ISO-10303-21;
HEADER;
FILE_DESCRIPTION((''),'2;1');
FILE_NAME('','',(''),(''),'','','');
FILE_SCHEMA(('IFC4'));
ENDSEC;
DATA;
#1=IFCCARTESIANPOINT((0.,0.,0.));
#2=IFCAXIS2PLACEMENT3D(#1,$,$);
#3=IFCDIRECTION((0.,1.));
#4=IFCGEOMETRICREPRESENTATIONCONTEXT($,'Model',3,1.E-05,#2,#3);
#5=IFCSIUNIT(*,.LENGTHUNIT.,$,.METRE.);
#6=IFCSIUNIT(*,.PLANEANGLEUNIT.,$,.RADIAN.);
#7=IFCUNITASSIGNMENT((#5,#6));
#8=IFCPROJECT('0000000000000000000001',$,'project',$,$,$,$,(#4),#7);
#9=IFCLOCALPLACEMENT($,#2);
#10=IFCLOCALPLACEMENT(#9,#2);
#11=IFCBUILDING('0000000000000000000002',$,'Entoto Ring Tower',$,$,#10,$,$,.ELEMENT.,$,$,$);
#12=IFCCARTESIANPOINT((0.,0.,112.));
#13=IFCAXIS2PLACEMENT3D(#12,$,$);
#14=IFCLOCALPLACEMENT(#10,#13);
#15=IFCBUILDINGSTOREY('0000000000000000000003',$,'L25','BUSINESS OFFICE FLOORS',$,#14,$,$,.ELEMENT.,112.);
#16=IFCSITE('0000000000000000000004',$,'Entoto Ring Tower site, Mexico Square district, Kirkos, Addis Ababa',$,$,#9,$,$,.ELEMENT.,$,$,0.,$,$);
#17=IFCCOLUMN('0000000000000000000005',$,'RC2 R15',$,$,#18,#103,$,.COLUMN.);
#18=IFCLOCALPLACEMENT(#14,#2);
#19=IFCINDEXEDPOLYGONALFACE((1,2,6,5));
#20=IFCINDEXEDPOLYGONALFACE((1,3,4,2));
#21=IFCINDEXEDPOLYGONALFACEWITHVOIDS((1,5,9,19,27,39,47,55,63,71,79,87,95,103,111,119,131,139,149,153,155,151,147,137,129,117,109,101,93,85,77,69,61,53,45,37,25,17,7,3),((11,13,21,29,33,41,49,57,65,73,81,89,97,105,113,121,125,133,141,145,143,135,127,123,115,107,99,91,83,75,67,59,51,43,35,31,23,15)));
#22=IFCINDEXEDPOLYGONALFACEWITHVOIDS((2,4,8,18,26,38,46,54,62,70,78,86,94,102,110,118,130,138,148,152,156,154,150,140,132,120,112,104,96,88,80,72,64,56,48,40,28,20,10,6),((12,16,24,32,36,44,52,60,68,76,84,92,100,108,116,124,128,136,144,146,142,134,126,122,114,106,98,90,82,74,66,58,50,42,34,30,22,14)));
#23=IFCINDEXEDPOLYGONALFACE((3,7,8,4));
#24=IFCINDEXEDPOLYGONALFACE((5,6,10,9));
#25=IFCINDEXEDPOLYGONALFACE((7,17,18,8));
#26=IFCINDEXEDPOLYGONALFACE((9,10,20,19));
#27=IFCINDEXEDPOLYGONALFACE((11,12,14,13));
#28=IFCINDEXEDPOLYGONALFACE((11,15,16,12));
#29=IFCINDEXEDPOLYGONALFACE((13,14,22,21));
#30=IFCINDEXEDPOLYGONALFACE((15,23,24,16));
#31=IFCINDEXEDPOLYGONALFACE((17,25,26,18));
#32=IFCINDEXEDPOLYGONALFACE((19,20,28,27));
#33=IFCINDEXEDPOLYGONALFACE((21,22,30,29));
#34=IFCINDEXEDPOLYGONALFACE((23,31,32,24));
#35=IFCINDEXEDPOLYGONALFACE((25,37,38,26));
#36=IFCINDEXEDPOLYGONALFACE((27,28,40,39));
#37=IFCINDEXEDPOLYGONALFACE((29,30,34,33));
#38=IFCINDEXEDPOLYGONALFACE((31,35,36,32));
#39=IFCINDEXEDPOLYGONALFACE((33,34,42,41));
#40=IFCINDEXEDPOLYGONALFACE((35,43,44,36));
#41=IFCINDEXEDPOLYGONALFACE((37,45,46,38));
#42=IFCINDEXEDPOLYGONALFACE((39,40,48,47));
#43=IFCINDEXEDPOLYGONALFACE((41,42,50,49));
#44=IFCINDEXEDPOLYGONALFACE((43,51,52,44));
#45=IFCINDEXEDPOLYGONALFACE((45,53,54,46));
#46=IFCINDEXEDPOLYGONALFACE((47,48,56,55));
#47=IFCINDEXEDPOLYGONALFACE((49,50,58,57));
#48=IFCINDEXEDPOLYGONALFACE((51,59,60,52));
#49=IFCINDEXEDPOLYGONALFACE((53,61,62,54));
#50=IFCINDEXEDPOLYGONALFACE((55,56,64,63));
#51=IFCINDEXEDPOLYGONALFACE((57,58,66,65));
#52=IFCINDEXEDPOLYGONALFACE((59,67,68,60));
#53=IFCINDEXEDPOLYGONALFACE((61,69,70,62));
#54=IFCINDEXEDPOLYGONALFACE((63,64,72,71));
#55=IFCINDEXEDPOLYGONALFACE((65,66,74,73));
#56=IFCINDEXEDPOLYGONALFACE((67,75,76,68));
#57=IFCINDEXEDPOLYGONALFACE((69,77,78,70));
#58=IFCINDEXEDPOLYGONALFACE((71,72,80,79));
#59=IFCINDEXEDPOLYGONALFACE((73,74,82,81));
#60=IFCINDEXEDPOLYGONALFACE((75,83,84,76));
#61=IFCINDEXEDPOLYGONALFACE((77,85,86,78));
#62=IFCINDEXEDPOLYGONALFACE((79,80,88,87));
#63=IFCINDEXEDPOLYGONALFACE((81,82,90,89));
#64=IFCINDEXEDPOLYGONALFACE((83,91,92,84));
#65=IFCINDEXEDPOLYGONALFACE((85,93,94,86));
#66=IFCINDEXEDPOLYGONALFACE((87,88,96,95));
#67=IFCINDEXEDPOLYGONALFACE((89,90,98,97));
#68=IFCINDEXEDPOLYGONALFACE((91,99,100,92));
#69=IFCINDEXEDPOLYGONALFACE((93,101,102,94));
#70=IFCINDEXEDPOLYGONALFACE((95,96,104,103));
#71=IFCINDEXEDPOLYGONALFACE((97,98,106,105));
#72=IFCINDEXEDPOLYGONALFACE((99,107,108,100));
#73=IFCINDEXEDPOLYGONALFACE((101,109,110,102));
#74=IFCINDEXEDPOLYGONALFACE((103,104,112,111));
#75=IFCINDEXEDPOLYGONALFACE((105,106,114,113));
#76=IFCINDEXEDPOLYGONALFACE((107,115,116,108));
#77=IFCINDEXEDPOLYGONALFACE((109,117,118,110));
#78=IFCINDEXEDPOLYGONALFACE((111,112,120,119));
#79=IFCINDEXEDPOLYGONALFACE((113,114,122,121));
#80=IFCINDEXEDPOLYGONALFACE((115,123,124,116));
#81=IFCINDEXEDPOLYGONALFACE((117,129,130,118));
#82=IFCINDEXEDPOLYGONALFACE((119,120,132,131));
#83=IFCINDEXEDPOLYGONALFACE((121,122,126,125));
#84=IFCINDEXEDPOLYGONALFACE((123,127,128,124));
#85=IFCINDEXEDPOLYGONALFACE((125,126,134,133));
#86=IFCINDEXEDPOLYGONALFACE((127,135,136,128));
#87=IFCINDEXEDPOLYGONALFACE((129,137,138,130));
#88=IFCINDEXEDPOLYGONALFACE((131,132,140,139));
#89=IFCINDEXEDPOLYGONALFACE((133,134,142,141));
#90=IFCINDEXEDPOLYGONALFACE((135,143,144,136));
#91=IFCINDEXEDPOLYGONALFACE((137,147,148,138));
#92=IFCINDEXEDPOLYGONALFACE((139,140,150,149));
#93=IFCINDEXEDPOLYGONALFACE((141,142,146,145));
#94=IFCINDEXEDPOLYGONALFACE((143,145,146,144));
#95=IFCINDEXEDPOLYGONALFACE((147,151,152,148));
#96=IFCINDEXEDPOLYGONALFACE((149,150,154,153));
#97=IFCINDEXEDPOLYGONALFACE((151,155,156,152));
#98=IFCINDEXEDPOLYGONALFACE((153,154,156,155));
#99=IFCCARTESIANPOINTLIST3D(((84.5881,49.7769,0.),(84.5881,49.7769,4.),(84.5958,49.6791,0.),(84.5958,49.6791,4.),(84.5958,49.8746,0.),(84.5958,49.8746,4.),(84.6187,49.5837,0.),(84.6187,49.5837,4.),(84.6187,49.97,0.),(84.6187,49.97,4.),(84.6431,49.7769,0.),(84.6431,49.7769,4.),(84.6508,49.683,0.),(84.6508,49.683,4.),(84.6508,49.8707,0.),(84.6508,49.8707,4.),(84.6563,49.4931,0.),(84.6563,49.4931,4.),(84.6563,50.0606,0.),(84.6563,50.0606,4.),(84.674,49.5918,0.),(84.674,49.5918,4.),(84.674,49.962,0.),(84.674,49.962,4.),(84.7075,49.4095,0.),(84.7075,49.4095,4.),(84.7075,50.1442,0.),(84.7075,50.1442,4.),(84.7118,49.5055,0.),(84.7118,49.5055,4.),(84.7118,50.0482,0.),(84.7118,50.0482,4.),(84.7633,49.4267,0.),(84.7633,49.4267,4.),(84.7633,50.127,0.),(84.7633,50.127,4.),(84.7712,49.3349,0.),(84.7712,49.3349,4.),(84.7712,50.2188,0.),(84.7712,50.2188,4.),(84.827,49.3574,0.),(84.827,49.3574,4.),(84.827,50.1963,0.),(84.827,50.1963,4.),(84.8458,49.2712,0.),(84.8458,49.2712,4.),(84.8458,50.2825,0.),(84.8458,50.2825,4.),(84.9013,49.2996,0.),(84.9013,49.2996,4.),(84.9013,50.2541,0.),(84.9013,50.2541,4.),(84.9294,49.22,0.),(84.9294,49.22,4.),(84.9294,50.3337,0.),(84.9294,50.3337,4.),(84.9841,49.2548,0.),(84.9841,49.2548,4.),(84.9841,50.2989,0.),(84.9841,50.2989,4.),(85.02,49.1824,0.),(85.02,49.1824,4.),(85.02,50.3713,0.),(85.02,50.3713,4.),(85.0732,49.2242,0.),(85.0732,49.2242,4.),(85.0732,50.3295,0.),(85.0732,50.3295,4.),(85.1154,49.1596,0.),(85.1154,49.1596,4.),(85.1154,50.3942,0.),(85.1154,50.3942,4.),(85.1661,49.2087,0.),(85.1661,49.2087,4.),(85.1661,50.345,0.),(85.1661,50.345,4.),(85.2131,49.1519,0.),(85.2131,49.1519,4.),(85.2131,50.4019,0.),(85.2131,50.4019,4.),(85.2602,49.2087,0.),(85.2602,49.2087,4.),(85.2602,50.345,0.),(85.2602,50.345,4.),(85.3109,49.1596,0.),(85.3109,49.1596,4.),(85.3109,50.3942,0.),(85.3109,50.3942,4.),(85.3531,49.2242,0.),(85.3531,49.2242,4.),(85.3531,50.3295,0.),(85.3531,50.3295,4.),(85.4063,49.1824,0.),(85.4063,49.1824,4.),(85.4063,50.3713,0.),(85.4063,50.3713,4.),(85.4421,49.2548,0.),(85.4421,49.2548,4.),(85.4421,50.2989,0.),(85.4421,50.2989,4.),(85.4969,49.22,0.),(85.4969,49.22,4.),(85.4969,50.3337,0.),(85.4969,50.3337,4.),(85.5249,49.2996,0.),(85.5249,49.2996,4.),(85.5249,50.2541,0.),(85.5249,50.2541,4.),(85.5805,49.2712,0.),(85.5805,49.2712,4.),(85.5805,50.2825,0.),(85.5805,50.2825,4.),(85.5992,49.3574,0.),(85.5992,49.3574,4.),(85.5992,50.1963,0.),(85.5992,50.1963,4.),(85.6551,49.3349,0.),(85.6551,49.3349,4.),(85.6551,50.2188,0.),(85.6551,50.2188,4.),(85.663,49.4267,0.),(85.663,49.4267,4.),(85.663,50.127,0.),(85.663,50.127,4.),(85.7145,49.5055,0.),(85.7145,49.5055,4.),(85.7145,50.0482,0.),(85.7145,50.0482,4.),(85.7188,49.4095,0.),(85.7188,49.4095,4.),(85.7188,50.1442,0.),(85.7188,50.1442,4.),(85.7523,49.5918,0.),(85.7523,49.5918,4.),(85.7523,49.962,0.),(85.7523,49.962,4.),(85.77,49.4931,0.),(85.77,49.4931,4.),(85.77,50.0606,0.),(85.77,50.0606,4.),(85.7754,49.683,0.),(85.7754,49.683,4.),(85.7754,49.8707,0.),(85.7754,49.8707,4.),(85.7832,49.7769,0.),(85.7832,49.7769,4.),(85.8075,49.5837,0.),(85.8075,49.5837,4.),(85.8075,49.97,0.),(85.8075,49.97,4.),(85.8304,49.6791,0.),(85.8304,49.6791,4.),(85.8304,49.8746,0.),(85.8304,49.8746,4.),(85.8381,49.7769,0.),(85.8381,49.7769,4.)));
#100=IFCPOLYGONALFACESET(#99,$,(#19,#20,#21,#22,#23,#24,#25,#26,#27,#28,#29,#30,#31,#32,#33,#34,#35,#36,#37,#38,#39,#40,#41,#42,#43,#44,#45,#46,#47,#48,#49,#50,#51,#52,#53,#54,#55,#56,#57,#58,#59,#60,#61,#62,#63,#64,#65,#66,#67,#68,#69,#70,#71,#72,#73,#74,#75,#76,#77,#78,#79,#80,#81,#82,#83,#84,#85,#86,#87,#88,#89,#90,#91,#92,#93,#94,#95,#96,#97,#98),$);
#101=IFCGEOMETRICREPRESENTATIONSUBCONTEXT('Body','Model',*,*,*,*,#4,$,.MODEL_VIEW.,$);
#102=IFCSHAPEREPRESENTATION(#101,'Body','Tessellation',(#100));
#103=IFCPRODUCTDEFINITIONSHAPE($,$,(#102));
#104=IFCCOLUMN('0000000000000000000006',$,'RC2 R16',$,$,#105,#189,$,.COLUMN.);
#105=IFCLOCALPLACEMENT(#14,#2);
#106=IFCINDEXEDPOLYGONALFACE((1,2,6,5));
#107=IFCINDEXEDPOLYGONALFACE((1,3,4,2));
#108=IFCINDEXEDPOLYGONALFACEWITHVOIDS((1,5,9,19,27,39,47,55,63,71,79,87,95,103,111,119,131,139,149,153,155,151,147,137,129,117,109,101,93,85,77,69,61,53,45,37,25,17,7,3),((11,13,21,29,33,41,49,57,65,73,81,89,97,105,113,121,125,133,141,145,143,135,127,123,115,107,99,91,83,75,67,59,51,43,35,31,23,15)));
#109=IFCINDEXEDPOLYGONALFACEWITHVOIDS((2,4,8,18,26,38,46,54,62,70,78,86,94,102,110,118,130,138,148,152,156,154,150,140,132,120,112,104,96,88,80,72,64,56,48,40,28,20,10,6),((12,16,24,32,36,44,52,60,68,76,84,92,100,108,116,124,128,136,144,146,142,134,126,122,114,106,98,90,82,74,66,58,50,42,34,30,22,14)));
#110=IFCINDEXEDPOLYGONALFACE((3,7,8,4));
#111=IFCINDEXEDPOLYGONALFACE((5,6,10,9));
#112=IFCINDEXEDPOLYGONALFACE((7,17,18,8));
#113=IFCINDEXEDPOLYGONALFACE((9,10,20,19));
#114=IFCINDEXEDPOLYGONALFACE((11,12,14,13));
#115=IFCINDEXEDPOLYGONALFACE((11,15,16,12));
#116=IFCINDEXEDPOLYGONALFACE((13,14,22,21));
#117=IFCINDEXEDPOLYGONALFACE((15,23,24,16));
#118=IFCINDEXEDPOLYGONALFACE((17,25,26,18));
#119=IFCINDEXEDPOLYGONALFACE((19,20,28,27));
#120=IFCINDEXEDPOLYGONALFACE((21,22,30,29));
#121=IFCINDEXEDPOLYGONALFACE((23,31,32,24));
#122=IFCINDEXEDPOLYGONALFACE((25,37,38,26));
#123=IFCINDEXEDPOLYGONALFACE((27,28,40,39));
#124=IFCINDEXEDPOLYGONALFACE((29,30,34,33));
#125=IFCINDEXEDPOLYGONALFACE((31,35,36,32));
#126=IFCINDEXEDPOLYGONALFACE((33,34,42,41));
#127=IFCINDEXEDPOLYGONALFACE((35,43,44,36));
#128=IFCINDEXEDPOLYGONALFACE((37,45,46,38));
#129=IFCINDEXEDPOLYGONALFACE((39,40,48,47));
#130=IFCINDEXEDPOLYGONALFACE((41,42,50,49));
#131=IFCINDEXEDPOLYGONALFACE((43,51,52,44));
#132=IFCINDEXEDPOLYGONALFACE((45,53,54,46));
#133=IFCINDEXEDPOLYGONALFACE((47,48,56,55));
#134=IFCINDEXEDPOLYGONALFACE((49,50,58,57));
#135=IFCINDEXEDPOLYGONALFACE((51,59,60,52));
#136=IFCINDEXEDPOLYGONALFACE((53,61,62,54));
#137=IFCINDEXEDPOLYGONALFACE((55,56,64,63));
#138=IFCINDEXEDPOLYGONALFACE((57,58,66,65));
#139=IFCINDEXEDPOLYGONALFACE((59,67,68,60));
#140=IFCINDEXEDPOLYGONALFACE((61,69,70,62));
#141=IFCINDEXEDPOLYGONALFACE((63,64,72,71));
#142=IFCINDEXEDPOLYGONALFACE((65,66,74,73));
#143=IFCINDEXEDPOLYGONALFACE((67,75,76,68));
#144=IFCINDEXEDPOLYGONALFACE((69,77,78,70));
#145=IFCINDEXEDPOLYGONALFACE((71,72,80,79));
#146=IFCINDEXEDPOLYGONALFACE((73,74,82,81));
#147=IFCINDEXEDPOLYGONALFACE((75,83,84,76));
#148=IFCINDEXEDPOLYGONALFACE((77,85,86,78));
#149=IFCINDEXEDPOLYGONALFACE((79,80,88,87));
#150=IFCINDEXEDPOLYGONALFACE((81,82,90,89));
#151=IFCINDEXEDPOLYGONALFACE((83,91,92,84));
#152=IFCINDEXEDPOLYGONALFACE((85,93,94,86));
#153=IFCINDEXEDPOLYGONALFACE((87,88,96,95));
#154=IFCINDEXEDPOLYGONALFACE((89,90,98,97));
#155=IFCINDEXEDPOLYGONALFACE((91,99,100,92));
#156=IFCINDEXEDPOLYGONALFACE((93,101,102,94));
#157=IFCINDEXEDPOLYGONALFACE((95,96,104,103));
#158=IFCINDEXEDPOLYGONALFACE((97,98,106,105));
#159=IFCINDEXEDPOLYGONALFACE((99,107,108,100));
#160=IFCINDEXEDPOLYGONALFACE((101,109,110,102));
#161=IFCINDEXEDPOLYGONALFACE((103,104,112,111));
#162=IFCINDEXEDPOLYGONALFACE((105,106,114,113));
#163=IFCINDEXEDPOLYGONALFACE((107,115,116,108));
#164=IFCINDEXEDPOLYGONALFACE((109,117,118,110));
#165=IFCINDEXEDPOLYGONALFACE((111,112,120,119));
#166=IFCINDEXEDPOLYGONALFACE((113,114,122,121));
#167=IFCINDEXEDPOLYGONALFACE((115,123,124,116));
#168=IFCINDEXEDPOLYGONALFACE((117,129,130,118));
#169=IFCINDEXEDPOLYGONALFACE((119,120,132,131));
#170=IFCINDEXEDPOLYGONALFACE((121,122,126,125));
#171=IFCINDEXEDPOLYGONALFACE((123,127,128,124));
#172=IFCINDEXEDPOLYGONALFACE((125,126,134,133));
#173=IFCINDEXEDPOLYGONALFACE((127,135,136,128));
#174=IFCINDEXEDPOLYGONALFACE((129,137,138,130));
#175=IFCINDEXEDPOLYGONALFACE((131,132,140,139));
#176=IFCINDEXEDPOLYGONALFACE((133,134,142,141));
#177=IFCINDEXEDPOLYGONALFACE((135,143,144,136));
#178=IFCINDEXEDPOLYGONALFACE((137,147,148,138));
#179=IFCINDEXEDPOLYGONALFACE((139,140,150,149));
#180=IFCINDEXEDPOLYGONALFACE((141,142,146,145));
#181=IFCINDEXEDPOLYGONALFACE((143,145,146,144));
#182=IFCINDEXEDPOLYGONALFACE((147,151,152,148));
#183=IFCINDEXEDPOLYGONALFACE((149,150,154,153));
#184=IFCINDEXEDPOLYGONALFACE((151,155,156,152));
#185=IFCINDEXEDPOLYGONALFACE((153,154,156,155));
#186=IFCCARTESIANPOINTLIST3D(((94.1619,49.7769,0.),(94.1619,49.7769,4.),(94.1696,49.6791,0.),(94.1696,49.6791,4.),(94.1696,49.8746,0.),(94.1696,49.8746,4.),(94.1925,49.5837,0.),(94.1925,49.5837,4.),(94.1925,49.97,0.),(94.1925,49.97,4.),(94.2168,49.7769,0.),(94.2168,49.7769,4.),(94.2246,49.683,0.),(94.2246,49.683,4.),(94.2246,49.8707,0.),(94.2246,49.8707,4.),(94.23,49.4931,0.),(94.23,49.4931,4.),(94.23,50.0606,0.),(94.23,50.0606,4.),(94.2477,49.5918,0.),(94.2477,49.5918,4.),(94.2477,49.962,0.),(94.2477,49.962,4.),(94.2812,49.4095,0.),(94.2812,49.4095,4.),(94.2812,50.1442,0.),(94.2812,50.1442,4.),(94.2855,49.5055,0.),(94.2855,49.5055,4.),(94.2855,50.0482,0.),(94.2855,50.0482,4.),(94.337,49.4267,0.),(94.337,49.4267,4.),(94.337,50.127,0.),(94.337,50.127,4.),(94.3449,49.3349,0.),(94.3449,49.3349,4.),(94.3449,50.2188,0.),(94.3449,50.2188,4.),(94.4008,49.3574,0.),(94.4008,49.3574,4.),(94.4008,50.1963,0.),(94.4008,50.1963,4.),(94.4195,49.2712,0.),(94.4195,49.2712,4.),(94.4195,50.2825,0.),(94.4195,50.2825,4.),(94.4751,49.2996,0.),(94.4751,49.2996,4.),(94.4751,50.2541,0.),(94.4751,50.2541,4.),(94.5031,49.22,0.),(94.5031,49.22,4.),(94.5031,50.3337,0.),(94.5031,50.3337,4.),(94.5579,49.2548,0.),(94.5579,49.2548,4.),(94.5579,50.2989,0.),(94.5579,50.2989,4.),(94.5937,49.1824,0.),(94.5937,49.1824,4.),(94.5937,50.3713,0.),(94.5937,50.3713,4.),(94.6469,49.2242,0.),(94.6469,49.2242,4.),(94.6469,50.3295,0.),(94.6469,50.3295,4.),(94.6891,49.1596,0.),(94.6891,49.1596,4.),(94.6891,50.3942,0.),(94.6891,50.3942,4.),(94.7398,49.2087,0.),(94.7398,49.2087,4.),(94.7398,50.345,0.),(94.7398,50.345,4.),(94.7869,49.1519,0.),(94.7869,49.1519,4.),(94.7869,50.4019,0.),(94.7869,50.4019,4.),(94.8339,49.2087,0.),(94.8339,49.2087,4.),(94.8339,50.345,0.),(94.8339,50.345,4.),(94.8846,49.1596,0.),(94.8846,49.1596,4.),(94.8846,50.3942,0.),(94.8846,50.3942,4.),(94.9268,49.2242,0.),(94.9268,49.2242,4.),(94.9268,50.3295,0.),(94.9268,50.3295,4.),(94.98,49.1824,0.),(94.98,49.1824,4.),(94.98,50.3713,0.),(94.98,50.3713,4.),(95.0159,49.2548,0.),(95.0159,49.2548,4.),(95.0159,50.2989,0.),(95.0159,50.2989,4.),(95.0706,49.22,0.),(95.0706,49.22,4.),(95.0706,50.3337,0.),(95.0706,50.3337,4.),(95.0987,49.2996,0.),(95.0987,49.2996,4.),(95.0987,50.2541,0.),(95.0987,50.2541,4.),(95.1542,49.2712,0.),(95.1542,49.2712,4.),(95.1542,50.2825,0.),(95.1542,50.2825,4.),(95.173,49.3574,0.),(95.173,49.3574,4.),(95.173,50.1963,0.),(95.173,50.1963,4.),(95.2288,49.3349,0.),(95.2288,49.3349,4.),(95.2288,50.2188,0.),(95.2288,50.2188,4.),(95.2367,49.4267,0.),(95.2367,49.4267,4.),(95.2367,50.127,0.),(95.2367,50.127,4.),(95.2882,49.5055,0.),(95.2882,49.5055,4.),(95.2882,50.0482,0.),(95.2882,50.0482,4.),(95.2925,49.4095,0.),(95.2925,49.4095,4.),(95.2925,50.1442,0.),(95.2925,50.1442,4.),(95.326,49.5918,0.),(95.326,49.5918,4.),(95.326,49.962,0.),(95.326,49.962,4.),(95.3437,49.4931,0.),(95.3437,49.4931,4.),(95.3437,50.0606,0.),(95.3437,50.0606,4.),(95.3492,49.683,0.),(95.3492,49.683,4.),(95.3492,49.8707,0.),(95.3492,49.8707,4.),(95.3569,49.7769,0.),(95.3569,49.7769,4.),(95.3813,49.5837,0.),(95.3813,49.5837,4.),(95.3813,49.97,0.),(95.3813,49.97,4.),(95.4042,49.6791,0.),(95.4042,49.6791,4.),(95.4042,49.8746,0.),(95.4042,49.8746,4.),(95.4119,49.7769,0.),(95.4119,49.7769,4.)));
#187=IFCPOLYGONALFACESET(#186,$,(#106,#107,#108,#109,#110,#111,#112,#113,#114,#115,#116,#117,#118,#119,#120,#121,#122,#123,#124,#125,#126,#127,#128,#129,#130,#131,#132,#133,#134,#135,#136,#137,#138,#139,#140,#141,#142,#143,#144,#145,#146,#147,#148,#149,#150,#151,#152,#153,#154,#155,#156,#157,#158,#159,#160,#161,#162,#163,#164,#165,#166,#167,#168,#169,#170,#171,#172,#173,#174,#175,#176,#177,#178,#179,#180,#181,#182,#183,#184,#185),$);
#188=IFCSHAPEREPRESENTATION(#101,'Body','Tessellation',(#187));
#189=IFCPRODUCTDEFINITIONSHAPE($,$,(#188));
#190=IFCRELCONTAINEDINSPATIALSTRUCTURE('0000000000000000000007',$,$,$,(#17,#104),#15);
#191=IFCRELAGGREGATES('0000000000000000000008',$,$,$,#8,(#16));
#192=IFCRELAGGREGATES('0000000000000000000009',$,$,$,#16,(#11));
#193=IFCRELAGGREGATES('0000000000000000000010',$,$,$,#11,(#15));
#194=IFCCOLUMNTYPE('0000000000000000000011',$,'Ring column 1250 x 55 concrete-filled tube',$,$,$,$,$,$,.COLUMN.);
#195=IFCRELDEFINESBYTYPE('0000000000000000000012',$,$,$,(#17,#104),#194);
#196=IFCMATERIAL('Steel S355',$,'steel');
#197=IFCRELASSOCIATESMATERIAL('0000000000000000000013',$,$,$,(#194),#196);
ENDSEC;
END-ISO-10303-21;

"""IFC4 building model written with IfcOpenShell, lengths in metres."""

from ifc_helpers import new_model, si_unit, direction, frame, origin, origin_2d, place, context, subcontext, project, spatial, circle, hollow_circle, extrude, material, material_profile, profile_set, type_object, element, save


model = new_model("IFC4")

# Units and contexts
model_context = context("Model", 3, precision=1e-05, world=origin(), true_north=direction((0.0, 1.0)))
body_context = subcontext(model_context, "Body", "Model", "MODEL_VIEW")
ifc_project = project(units=[si_unit("LENGTHUNIT", "METRE"), si_unit("PLANEANGLEUNIT", "RADIAN")], contexts=[model_context])

# Site, building, storey
site_placement = place(None, origin())
site = spatial("IfcSite", under=ifc_project, at=site_placement, Name="Entoto Ring Tower site, Mexico Square district, Kirkos, Addis Ababa", CompositionType="ELEMENT", RefElevation=0.0)
building_placement = place(site_placement, origin())
building = spatial("IfcBuilding", under=site, at=building_placement, Name="Entoto Ring Tower", CompositionType="ELEMENT")
storey_placement = place(building_placement, frame((0.0, 0.0, 112.0)))
storey = spatial("IfcBuildingStorey", under=building, at=storey_placement, Name="L25", Description="BUSINESS OFFICE FLOORS", CompositionType="ELEMENT", Elevation=112.0)

# Columns
ifc_material_1 = material(Name="Steel S355", Category="steel")
ifc_material_profile_1 = material_profile(ifc_material_1, hollow_circle(Radius=0.625, WallThickness=0.0549, at=origin_2d()), Name="CHS 1250 x 55")
ifc_material_2 = material(Name="Concrete C60/75", Category="concrete")
ifc_material_profile_2 = material_profile(ifc_material_2, circle(Radius=0.5701, at=origin_2d()), Name="Concrete C60/75 infill")
ifc_profile_set_1 = profile_set([ifc_material_profile_1, ifc_material_profile_2], Name="Steel S355")
column_type = type_object("IfcColumnType", Name="Ring column 1250 x 55 concrete-filled tube", PredefinedType="COLUMN", material=ifc_profile_set_1)
for number, where, z_axis, x_axis, name in (
    (1, (85.2131, 49.7769, 0.0), (0.0, 0.0, 1.0), (1.0, 0.0, 0.0), "RC2 R15"),
    (2, (94.7869, 49.7769, 0.0), (0.0, 0.0, 1.0), (1.0, 0.0, 0.0), "RC2 R16"),
):
    element("IfcColumn", number, at=place(storey_placement, frame(where, z_axis=z_axis, x_axis=x_axis)), inside=storey, type_object=column_type, Name=name, PredefinedType="COLUMN", context=body_context, shape_type="SweptSolid", body=[
        extrude(hollow_circle(Radius=0.625, WallThickness=0.0549, at=origin_2d()), origin(), (0.0, 0.0, 1.0), 4.0),
    ])

save(model, "model.ifc")
